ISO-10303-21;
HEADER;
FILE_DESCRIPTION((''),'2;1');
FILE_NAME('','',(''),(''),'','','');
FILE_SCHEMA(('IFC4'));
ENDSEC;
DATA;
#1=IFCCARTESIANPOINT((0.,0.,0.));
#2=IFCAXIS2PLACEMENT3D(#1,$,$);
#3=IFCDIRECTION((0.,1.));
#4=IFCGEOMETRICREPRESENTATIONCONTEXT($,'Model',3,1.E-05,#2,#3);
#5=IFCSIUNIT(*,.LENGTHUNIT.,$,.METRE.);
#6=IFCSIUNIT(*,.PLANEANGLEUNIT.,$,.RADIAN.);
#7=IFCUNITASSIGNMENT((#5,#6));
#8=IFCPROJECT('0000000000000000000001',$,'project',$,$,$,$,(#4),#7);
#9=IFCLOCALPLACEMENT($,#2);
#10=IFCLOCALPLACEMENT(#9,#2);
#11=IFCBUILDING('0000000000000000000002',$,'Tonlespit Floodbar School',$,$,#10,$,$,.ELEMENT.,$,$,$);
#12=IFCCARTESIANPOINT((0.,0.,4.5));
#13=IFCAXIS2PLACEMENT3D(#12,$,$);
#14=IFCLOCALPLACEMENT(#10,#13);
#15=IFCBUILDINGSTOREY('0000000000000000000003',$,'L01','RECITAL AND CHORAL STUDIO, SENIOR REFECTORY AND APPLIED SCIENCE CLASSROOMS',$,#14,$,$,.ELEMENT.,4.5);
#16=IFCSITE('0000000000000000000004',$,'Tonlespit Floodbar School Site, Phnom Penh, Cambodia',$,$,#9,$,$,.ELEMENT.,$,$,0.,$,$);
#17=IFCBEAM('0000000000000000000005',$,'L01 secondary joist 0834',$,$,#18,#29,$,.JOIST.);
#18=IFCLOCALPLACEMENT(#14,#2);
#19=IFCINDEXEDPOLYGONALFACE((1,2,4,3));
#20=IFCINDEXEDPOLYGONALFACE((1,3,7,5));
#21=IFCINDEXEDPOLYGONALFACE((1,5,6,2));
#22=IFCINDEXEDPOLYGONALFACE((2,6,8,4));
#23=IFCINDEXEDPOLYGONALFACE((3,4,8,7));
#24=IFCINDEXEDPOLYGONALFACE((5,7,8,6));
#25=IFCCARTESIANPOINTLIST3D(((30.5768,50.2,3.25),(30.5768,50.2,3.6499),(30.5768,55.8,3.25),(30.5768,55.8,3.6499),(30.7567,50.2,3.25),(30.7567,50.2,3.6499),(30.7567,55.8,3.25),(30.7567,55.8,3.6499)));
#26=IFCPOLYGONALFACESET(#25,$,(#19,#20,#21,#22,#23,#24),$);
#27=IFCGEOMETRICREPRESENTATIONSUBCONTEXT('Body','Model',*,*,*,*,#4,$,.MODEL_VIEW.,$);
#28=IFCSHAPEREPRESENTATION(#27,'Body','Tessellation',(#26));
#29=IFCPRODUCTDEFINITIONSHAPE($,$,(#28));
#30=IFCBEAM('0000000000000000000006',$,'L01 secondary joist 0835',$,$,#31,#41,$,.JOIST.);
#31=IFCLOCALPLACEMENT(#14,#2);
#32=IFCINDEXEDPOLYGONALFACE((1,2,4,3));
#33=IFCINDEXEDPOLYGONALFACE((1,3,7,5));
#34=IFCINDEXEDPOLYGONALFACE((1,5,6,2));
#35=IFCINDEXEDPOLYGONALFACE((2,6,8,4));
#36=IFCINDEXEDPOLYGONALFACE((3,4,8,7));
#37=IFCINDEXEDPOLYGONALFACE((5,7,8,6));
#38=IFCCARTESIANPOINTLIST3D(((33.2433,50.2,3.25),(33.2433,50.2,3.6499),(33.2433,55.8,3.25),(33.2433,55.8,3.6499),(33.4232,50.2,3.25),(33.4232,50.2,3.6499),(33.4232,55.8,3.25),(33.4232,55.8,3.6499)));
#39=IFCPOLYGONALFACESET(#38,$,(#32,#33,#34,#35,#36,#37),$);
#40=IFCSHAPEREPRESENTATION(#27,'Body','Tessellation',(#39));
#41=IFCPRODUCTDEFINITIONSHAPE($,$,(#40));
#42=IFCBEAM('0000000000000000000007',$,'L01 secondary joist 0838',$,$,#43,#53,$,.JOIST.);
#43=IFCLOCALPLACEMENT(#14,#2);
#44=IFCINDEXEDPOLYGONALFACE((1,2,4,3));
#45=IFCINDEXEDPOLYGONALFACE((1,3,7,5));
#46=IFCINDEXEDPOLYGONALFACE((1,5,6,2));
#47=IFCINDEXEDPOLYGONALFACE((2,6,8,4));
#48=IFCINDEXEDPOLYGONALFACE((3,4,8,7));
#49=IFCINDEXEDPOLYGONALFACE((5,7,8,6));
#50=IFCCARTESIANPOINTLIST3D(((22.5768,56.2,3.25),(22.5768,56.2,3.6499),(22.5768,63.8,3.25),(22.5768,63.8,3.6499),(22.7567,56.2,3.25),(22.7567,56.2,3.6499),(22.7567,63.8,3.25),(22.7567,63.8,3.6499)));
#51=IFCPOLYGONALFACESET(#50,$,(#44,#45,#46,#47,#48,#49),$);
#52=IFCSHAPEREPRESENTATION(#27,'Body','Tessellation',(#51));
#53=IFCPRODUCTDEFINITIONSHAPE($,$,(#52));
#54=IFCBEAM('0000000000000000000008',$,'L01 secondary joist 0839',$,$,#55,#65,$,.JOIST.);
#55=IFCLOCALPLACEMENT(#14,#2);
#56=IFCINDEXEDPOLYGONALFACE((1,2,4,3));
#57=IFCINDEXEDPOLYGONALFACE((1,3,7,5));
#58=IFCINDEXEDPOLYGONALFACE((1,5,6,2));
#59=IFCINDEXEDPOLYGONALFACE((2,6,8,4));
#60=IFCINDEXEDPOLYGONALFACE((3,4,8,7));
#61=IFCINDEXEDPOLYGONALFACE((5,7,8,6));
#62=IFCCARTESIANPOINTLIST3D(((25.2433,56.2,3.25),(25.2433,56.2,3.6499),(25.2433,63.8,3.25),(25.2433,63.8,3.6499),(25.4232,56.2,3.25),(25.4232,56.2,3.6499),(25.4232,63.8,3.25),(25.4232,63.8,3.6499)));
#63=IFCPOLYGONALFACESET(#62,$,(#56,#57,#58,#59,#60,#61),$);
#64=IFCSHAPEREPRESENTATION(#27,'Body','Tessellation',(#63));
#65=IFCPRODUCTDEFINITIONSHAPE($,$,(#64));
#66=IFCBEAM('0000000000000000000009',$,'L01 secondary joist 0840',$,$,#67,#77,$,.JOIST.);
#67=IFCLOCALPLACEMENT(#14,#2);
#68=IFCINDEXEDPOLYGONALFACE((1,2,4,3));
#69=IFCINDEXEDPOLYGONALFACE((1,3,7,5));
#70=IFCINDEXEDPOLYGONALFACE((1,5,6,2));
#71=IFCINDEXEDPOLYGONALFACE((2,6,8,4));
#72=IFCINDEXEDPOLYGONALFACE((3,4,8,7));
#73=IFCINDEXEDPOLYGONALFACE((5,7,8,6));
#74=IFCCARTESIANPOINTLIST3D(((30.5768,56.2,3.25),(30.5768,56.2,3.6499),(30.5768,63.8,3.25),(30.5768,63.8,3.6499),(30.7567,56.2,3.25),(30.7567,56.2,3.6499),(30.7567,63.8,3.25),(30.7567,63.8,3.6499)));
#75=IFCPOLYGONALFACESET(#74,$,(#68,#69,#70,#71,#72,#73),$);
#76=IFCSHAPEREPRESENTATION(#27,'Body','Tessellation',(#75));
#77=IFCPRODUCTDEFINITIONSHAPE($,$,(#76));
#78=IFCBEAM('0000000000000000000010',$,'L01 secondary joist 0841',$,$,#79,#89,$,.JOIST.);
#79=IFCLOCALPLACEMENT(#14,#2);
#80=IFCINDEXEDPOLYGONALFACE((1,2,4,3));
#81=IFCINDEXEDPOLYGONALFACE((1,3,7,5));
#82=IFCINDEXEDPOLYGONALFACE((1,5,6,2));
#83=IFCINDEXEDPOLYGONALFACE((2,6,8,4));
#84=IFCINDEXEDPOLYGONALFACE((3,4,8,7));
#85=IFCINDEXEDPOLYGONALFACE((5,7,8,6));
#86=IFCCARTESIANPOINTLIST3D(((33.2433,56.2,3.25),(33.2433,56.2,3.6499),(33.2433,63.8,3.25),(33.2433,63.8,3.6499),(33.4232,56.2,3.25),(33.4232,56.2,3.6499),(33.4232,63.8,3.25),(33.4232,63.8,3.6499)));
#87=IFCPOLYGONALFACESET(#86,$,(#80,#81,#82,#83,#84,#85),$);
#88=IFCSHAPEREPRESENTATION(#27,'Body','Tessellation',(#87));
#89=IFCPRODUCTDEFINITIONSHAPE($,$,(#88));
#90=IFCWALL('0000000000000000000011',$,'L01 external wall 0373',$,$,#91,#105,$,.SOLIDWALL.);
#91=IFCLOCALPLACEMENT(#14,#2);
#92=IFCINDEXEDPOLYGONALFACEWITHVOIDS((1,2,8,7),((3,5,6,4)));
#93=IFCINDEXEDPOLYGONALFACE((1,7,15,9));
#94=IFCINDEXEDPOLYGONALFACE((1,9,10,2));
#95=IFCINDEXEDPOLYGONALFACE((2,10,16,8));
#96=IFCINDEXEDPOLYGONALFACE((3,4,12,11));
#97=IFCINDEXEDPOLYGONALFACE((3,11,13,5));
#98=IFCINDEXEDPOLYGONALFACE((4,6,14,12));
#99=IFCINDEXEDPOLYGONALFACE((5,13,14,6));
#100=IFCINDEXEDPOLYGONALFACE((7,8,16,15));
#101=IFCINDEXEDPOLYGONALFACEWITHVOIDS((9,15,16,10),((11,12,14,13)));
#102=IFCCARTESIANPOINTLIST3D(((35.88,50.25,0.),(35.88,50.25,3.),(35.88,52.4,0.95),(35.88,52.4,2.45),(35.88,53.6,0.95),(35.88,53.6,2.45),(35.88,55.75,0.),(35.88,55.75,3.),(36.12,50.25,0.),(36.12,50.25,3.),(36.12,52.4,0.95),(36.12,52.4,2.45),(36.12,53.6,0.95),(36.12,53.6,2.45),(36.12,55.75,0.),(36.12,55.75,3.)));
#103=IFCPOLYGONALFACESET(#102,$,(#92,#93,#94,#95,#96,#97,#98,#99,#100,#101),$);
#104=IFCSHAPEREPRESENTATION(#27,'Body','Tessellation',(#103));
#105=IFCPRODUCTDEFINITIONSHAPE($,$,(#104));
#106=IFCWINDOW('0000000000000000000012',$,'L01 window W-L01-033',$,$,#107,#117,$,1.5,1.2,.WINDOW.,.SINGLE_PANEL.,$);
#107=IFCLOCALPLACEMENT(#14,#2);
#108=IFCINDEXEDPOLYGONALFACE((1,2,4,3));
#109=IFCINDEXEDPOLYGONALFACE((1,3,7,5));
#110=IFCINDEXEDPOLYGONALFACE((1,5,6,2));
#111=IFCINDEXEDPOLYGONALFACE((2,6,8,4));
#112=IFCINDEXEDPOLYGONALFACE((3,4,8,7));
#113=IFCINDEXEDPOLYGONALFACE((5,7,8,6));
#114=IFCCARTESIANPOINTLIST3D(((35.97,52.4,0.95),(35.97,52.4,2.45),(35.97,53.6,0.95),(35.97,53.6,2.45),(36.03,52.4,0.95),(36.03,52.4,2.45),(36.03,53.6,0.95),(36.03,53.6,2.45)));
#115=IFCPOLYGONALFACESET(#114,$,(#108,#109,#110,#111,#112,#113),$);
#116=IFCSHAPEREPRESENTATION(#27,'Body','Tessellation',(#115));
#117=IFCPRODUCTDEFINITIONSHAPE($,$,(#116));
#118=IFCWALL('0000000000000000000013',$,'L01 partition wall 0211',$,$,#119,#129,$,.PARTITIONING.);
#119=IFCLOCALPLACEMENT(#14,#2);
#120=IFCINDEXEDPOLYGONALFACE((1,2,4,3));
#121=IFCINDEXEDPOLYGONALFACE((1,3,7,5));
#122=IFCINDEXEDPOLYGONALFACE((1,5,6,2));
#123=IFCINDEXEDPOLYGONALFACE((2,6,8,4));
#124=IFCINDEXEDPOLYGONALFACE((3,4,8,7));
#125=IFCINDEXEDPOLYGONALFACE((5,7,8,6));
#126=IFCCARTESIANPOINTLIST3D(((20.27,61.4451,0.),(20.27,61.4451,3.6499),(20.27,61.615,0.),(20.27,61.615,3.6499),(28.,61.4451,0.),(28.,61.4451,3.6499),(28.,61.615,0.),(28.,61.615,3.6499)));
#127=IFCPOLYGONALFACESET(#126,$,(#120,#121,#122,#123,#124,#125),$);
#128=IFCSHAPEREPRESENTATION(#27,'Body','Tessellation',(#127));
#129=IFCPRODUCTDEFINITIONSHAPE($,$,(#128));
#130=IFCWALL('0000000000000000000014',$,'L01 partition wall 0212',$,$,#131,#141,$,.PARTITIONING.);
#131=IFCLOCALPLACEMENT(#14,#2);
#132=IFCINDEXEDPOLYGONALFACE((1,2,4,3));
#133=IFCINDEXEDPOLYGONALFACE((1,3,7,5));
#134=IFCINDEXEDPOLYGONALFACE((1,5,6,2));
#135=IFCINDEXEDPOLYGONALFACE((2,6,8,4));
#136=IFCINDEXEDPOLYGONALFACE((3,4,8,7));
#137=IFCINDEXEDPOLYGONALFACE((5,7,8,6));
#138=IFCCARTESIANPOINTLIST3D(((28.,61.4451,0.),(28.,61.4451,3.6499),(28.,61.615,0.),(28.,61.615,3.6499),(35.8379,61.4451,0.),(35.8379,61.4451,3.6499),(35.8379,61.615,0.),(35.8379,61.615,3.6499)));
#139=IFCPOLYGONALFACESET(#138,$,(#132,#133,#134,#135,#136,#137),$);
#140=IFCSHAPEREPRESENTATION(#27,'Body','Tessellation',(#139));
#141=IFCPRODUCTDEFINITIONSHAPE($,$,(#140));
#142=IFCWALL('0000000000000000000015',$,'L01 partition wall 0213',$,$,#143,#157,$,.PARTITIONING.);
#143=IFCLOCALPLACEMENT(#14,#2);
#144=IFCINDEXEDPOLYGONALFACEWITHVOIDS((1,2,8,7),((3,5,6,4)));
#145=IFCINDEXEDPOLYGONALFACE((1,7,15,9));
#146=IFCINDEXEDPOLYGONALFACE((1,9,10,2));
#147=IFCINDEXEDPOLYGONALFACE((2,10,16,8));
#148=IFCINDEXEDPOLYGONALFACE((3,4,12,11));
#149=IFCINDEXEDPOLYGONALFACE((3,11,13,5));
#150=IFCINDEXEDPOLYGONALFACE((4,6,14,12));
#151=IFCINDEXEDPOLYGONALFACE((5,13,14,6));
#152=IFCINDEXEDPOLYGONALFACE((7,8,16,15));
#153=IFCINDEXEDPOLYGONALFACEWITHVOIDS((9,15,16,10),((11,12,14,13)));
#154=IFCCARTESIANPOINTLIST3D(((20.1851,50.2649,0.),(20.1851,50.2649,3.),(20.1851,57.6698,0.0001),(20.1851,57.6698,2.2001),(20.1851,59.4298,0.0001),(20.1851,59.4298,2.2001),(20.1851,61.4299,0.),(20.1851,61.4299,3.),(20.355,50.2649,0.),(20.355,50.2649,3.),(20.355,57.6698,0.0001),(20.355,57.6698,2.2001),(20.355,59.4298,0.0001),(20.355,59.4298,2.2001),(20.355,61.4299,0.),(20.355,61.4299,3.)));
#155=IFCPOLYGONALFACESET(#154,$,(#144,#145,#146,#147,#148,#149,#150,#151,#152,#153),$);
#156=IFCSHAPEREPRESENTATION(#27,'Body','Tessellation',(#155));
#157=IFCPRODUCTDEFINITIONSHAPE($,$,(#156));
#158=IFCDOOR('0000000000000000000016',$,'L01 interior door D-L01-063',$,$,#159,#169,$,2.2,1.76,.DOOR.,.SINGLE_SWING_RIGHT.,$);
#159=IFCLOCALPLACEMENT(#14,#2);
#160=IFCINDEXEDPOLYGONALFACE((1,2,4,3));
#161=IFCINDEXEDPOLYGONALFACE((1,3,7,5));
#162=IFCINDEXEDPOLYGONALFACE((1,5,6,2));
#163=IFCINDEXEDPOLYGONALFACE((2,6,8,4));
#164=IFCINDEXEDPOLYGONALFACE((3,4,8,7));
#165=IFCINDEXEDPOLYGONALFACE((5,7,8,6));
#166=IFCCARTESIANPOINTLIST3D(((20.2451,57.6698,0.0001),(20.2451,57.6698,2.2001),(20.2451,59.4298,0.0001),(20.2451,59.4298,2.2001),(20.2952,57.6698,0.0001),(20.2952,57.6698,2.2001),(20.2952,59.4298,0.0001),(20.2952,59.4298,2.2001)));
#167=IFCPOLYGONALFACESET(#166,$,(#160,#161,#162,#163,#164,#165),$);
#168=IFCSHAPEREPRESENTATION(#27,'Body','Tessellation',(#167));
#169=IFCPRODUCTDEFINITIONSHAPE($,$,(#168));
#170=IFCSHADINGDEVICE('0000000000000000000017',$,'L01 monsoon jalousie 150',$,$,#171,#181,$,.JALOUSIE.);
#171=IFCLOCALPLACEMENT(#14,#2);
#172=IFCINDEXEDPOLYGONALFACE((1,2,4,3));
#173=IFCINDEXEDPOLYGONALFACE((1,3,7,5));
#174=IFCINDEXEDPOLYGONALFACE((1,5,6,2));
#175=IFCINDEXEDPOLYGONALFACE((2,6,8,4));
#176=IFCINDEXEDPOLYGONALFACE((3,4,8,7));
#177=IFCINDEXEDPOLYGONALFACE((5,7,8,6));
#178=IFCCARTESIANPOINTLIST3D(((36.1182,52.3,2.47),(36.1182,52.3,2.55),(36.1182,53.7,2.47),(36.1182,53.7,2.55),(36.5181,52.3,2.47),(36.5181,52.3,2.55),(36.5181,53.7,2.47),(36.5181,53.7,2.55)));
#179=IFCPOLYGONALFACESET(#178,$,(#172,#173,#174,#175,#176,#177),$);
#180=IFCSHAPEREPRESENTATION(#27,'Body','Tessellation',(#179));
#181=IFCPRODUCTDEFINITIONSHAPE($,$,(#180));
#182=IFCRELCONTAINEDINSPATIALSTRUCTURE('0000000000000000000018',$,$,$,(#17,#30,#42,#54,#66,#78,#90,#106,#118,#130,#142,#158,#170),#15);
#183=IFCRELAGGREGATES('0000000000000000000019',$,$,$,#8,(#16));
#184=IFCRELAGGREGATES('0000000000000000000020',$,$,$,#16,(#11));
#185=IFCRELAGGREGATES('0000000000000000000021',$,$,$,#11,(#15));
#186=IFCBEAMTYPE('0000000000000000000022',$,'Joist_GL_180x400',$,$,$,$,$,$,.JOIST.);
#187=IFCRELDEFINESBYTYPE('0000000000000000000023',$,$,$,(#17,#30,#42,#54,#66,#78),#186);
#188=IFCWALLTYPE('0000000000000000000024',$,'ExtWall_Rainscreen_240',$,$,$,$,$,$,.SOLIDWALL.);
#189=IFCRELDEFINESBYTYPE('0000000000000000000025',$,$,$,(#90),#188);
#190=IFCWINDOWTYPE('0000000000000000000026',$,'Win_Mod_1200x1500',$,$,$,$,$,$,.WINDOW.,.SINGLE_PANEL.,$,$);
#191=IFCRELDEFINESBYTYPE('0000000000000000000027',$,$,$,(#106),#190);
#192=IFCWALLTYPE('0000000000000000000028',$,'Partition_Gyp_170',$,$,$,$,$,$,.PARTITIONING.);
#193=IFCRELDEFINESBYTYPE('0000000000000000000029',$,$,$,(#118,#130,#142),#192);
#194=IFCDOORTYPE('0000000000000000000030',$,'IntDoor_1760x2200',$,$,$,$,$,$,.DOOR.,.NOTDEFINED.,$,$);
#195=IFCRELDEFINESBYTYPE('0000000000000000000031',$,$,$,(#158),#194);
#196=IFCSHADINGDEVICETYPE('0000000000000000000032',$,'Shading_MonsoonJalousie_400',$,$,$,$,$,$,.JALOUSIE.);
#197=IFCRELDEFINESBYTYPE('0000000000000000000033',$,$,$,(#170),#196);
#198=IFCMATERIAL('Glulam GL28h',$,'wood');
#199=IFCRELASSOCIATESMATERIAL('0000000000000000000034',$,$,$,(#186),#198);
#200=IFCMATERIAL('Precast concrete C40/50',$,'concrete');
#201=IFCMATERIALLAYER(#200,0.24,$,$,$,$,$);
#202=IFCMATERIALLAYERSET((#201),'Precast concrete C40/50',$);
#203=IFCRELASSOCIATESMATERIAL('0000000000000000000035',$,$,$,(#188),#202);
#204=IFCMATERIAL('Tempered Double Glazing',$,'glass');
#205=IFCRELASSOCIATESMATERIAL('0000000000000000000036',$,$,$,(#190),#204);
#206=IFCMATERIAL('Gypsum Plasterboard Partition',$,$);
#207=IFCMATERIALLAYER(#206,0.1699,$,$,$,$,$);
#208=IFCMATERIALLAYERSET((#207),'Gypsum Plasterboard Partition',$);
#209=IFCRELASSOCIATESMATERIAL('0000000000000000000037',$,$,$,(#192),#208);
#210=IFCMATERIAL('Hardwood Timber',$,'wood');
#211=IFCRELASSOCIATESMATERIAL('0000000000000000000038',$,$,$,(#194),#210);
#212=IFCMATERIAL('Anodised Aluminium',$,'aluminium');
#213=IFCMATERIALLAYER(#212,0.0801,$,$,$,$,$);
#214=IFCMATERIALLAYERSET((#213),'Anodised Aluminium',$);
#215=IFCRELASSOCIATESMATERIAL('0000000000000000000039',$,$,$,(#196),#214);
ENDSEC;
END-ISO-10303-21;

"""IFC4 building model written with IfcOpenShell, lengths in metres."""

from ifc_helpers import new_model, si_unit, direction, frame, frame_2d, origin, origin_2d, place, context, subcontext, project, spatial, rectangle, extrude, material, layer, layer_set, material_profile, profile_set, type_object, element, fill, save


model = new_model("IFC4")

# Units and contexts
model_context = context("Model", 3, precision=1e-05, world=origin(), true_north=direction((0.0, 1.0)))
body_context = subcontext(model_context, "Body", "Model", "MODEL_VIEW")
ifc_project = project(units=[si_unit("LENGTHUNIT", "METRE"), si_unit("PLANEANGLEUNIT", "RADIAN")], contexts=[model_context])

# Site, building, storey
site_placement = place(None, origin())
site = spatial("IfcSite", under=ifc_project, at=site_placement, Name="Tonlespit Floodbar School Site, Phnom Penh, Cambodia", CompositionType="ELEMENT", RefElevation=0.0)
building_placement = place(site_placement, origin())
building = spatial("IfcBuilding", under=site, at=building_placement, Name="Tonlespit Floodbar School", CompositionType="ELEMENT")
storey_placement = place(building_placement, frame((0.0, 0.0, 4.5)))
storey = spatial("IfcBuildingStorey", under=building, at=storey_placement, Name="L01", Description="RECITAL AND CHORAL STUDIO, SENIOR REFECTORY AND APPLIED SCIENCE CLASSROOMS", CompositionType="ELEMENT", Elevation=4.5)

# Beams
ifc_material_1 = material(Name="Glulam GL28h", Category="wood")
ifc_material_profile_1 = material_profile(ifc_material_1, rectangle(XDim=0.1799, YDim=0.3999, at=origin_2d()), Name="GL 180x400")
ifc_profile_set_1 = profile_set([ifc_material_profile_1], Name="Glulam GL28h")
beam_type_1 = type_object("IfcBeamType", Name="Joist_GL_180x400", PredefinedType="JOIST", material=ifc_profile_set_1)
for number, where, z_axis, x_axis, name in (
    (1, (30.6667, 50.2, 3.45), (0.0, 1.0, 0.0), (-1.0, 0.0, 0.0), "L01 secondary joist 0834"),
    (2, (33.3333, 50.2, 3.45), (0.0, 1.0, 0.0), (-1.0, 0.0, 0.0), "L01 secondary joist 0835"),
):
    element("IfcBeam", number, at=place(storey_placement, frame(where, z_axis=z_axis, x_axis=x_axis)), inside=storey, type_object=beam_type_1, Name=name, PredefinedType="JOIST", context=body_context, shape_type="SweptSolid", body=[
        extrude(rectangle(XDim=0.1799, YDim=0.3999, at=origin_2d()), origin(), (0.0, 0.0, 1.0), 5.6001),
    ])
for number, where, z_axis, x_axis, name in (
    (3, (22.6667, 56.2, 3.45), (0.0, 1.0, 0.0), (-1.0, 0.0, 0.0), "L01 secondary joist 0838"),
    (4, (25.3333, 56.2, 3.45), (0.0, 1.0, 0.0), (-1.0, 0.0, 0.0), "L01 secondary joist 0839"),
    (5, (30.6667, 56.2, 3.45), (0.0, 1.0, 0.0), (-1.0, 0.0, 0.0), "L01 secondary joist 0840"),
    (6, (33.3333, 56.2, 3.45), (0.0, 1.0, 0.0), (-1.0, 0.0, 0.0), "L01 secondary joist 0841"),
):
    element("IfcBeam", number, at=place(storey_placement, frame(where, z_axis=z_axis, x_axis=x_axis)), inside=storey, type_object=beam_type_1, Name=name, PredefinedType="JOIST", context=body_context, shape_type="SweptSolid", body=[
        extrude(rectangle(XDim=0.1799, YDim=0.3999, at=origin_2d()), origin(), (0.0, 0.0, 1.0), 7.6001),
    ])

# Shared definitions
ifc_material_2 = material(Name="Precast concrete C40/50", Category="concrete")
ifc_layer_1 = layer(ifc_material_2, 0.24)
ifc_layer_set_1 = layer_set([ifc_layer_1], Name="Precast concrete C40/50")
wall_type_1 = type_object("IfcWallType", Name="ExtWall_Rainscreen_240", PredefinedType="SOLIDWALL", material=ifc_layer_set_1)
ifc_material_3 = material(Name="Anodised Aluminium", Category="aluminium")

# Wall, opening, window
wall_1_placement = place(storey_placement, frame((36.0, 55.75, 0.0), z_axis=(0.0, 0.0, 1.0), x_axis=(0.0, -1.0, 0.0)))
wall_1 = element("IfcWall", 7, at=wall_1_placement, inside=storey, type_object=wall_type_1, Name="L01 external wall 0373", PredefinedType="SOLIDWALL", context=body_context, shape_type="SweptSolid", body=[
    extrude(rectangle(XDim=5.5, YDim=0.24, at=frame_2d((2.75, 0.0))), origin(), (0.0, 0.0, 1.0), 3.0),
])
opening_1_placement = place(wall_1_placement, frame((2.1499, 0.0, 0.95)))
opening_1 = element("IfcOpeningElement", 8, at=opening_1_placement, cuts=wall_1, PredefinedType="OPENING", context=body_context, shape_type="SweptSolid", body=[
    extrude(rectangle(XDim=1.2, YDim=1.5, at=frame_2d((0.6001, 0.75))), frame((0.0, 0.1299, 0.0), z_axis=(0.0, -1.0, 0.0), x_axis=(1.0, 0.0, 0.0)), (0.0, 0.0, 1.0), 0.26),
])
ifc_material_4 = material(Name="Tempered Double Glazing", Category="glass")
window_type = type_object("IfcWindowType", Name="Win_Mod_1200x1500", PartitioningType="SINGLE_PANEL", PredefinedType="WINDOW", material=ifc_material_4)
window_placement = place(opening_1_placement, origin())
window = element("IfcWindow", 9, at=window_placement, inside=storey, type_object=window_type, Name="L01 window W-L01-033", OverallHeight=1.5, OverallWidth=1.2, PartitioningType="SINGLE_PANEL", PredefinedType="WINDOW", context=body_context, shape_type="SweptSolid", body=[
    extrude(rectangle(XDim=1.2, YDim=1.5, at=frame_2d((0.6001, 0.75))), frame((0.0, 0.03, 0.0), z_axis=(0.0, -1.0, 0.0), x_axis=(1.0, 0.0, 0.0)), (0.0, 0.0, 1.0), 0.0601),
])
fill(opening_1, window)

# Walls
ifc_material_5 = material(Name="Gypsum Plasterboard Partition")
ifc_layer_2 = layer(ifc_material_5, 0.1699)
ifc_layer_set_2 = layer_set([ifc_layer_2], Name="Gypsum Plasterboard Partition")
wall_type_2 = type_object("IfcWallType", Name="Partition_Gyp_170", PredefinedType="PARTITIONING", material=ifc_layer_set_2)
wall_2_placement = place(storey_placement, frame((20.27, 61.53, 0.0), z_axis=(0.0, 0.0, 1.0), x_axis=(1.0, 0.0, 0.0)))
element("IfcWall", 10, at=wall_2_placement, inside=storey, type_object=wall_type_2, Name="L01 partition wall 0211", PredefinedType="PARTITIONING", context=body_context, shape_type="SweptSolid", body=[
    extrude(rectangle(XDim=7.73, YDim=0.1699, at=frame_2d((3.865, 0.0))), origin(), (0.0, 0.0, 1.0), 3.6499),
])
wall_3_placement = place(storey_placement, frame((28.0, 61.53, 0.0), z_axis=(0.0, 0.0, 1.0), x_axis=(1.0, 0.0, 0.0)))
element("IfcWall", 11, at=wall_3_placement, inside=storey, type_object=wall_type_2, Name="L01 partition wall 0212", PredefinedType="PARTITIONING", context=body_context, shape_type="SweptSolid", body=[
    extrude(rectangle(XDim=7.8379, YDim=0.1699, at=frame_2d((3.9189, 0.0))), origin(), (0.0, 0.0, 1.0), 3.6499),
])

# Wall, opening, door
wall_4_placement = place(storey_placement, frame((20.27, 50.2649, 0.0), z_axis=(0.0, 0.0, 1.0), x_axis=(0.0, 1.0, 0.0)))
wall_4 = element("IfcWall", 12, at=wall_4_placement, inside=storey, type_object=wall_type_2, Name="L01 partition wall 0213", PredefinedType="PARTITIONING", context=body_context, shape_type="SweptSolid", body=[
    extrude(rectangle(XDim=11.165, YDim=0.1699, at=frame_2d((5.5825, 0.0))), origin(), (0.0, 0.0, 1.0), 3.0),
])
opening_2_placement = place(wall_4_placement, frame((7.405, 0.0, 0.0)))
opening_2 = element("IfcOpeningElement", 13, at=opening_2_placement, cuts=wall_4, PredefinedType="OPENING", context=body_context, shape_type="SweptSolid", body=[
    extrude(rectangle(XDim=1.76, YDim=2.2, at=frame_2d((0.8799, 1.1001))), frame((0.0, 0.095, 0.0), z_axis=(0.0, -1.0, 0.0), x_axis=(1.0, 0.0, 0.0)), (0.0, 0.0, 1.0), 0.1899),
])
ifc_material_6 = material(Name="Hardwood Timber", Category="wood")
door_type_1 = type_object("IfcDoorType", Name="IntDoor_1760x2200", OperationType="NOTDEFINED", PredefinedType="DOOR", material=ifc_material_6)
door_1_placement = place(opening_2_placement, origin())
door_1 = element("IfcDoor", 14, at=door_1_placement, inside=storey, type_object=door_type_1, Name="L01 interior door D-L01-063", OperationType="SINGLE_SWING_RIGHT", OverallHeight=2.2, OverallWidth=1.76, PredefinedType="DOOR", context=body_context, shape_type="SweptSolid", body=[
    extrude(rectangle(XDim=1.76, YDim=2.2, at=frame_2d((0.8799, 1.1001))), frame((0.0, 0.0249, 0.0), z_axis=(0.0, -1.0, 0.0), x_axis=(1.0, 0.0, 0.0)), (0.0, 0.0, 1.0), 0.05),
])
fill(opening_2, door_1)

# Shading device
ifc_layer_3 = layer(ifc_material_3, 0.0801)
ifc_layer_set_3 = layer_set([ifc_layer_3], Name="Anodised Aluminium")
shading_device_type = type_object("IfcShadingDeviceType", Name="Shading_MonsoonJalousie_400", PredefinedType="JALOUSIE", material=ifc_layer_set_3)
shading_device_placement = place(storey_placement, frame((36.3181, 53.0, 2.47), z_axis=(0.0, 0.0, 1.0), x_axis=(0.0, -1.0, 0.0)))
element("IfcShadingDevice", 15, at=shading_device_placement, inside=storey, type_object=shading_device_type, Name="L01 monsoon jalousie 150", PredefinedType="JALOUSIE", context=body_context, shape_type="SweptSolid", body=[
    extrude(rectangle(XDim=1.3999, YDim=0.3999, at=origin_2d()), origin(), (0.0, 0.0, 1.0), 0.0801),
])

save(model, "model.ifc")
